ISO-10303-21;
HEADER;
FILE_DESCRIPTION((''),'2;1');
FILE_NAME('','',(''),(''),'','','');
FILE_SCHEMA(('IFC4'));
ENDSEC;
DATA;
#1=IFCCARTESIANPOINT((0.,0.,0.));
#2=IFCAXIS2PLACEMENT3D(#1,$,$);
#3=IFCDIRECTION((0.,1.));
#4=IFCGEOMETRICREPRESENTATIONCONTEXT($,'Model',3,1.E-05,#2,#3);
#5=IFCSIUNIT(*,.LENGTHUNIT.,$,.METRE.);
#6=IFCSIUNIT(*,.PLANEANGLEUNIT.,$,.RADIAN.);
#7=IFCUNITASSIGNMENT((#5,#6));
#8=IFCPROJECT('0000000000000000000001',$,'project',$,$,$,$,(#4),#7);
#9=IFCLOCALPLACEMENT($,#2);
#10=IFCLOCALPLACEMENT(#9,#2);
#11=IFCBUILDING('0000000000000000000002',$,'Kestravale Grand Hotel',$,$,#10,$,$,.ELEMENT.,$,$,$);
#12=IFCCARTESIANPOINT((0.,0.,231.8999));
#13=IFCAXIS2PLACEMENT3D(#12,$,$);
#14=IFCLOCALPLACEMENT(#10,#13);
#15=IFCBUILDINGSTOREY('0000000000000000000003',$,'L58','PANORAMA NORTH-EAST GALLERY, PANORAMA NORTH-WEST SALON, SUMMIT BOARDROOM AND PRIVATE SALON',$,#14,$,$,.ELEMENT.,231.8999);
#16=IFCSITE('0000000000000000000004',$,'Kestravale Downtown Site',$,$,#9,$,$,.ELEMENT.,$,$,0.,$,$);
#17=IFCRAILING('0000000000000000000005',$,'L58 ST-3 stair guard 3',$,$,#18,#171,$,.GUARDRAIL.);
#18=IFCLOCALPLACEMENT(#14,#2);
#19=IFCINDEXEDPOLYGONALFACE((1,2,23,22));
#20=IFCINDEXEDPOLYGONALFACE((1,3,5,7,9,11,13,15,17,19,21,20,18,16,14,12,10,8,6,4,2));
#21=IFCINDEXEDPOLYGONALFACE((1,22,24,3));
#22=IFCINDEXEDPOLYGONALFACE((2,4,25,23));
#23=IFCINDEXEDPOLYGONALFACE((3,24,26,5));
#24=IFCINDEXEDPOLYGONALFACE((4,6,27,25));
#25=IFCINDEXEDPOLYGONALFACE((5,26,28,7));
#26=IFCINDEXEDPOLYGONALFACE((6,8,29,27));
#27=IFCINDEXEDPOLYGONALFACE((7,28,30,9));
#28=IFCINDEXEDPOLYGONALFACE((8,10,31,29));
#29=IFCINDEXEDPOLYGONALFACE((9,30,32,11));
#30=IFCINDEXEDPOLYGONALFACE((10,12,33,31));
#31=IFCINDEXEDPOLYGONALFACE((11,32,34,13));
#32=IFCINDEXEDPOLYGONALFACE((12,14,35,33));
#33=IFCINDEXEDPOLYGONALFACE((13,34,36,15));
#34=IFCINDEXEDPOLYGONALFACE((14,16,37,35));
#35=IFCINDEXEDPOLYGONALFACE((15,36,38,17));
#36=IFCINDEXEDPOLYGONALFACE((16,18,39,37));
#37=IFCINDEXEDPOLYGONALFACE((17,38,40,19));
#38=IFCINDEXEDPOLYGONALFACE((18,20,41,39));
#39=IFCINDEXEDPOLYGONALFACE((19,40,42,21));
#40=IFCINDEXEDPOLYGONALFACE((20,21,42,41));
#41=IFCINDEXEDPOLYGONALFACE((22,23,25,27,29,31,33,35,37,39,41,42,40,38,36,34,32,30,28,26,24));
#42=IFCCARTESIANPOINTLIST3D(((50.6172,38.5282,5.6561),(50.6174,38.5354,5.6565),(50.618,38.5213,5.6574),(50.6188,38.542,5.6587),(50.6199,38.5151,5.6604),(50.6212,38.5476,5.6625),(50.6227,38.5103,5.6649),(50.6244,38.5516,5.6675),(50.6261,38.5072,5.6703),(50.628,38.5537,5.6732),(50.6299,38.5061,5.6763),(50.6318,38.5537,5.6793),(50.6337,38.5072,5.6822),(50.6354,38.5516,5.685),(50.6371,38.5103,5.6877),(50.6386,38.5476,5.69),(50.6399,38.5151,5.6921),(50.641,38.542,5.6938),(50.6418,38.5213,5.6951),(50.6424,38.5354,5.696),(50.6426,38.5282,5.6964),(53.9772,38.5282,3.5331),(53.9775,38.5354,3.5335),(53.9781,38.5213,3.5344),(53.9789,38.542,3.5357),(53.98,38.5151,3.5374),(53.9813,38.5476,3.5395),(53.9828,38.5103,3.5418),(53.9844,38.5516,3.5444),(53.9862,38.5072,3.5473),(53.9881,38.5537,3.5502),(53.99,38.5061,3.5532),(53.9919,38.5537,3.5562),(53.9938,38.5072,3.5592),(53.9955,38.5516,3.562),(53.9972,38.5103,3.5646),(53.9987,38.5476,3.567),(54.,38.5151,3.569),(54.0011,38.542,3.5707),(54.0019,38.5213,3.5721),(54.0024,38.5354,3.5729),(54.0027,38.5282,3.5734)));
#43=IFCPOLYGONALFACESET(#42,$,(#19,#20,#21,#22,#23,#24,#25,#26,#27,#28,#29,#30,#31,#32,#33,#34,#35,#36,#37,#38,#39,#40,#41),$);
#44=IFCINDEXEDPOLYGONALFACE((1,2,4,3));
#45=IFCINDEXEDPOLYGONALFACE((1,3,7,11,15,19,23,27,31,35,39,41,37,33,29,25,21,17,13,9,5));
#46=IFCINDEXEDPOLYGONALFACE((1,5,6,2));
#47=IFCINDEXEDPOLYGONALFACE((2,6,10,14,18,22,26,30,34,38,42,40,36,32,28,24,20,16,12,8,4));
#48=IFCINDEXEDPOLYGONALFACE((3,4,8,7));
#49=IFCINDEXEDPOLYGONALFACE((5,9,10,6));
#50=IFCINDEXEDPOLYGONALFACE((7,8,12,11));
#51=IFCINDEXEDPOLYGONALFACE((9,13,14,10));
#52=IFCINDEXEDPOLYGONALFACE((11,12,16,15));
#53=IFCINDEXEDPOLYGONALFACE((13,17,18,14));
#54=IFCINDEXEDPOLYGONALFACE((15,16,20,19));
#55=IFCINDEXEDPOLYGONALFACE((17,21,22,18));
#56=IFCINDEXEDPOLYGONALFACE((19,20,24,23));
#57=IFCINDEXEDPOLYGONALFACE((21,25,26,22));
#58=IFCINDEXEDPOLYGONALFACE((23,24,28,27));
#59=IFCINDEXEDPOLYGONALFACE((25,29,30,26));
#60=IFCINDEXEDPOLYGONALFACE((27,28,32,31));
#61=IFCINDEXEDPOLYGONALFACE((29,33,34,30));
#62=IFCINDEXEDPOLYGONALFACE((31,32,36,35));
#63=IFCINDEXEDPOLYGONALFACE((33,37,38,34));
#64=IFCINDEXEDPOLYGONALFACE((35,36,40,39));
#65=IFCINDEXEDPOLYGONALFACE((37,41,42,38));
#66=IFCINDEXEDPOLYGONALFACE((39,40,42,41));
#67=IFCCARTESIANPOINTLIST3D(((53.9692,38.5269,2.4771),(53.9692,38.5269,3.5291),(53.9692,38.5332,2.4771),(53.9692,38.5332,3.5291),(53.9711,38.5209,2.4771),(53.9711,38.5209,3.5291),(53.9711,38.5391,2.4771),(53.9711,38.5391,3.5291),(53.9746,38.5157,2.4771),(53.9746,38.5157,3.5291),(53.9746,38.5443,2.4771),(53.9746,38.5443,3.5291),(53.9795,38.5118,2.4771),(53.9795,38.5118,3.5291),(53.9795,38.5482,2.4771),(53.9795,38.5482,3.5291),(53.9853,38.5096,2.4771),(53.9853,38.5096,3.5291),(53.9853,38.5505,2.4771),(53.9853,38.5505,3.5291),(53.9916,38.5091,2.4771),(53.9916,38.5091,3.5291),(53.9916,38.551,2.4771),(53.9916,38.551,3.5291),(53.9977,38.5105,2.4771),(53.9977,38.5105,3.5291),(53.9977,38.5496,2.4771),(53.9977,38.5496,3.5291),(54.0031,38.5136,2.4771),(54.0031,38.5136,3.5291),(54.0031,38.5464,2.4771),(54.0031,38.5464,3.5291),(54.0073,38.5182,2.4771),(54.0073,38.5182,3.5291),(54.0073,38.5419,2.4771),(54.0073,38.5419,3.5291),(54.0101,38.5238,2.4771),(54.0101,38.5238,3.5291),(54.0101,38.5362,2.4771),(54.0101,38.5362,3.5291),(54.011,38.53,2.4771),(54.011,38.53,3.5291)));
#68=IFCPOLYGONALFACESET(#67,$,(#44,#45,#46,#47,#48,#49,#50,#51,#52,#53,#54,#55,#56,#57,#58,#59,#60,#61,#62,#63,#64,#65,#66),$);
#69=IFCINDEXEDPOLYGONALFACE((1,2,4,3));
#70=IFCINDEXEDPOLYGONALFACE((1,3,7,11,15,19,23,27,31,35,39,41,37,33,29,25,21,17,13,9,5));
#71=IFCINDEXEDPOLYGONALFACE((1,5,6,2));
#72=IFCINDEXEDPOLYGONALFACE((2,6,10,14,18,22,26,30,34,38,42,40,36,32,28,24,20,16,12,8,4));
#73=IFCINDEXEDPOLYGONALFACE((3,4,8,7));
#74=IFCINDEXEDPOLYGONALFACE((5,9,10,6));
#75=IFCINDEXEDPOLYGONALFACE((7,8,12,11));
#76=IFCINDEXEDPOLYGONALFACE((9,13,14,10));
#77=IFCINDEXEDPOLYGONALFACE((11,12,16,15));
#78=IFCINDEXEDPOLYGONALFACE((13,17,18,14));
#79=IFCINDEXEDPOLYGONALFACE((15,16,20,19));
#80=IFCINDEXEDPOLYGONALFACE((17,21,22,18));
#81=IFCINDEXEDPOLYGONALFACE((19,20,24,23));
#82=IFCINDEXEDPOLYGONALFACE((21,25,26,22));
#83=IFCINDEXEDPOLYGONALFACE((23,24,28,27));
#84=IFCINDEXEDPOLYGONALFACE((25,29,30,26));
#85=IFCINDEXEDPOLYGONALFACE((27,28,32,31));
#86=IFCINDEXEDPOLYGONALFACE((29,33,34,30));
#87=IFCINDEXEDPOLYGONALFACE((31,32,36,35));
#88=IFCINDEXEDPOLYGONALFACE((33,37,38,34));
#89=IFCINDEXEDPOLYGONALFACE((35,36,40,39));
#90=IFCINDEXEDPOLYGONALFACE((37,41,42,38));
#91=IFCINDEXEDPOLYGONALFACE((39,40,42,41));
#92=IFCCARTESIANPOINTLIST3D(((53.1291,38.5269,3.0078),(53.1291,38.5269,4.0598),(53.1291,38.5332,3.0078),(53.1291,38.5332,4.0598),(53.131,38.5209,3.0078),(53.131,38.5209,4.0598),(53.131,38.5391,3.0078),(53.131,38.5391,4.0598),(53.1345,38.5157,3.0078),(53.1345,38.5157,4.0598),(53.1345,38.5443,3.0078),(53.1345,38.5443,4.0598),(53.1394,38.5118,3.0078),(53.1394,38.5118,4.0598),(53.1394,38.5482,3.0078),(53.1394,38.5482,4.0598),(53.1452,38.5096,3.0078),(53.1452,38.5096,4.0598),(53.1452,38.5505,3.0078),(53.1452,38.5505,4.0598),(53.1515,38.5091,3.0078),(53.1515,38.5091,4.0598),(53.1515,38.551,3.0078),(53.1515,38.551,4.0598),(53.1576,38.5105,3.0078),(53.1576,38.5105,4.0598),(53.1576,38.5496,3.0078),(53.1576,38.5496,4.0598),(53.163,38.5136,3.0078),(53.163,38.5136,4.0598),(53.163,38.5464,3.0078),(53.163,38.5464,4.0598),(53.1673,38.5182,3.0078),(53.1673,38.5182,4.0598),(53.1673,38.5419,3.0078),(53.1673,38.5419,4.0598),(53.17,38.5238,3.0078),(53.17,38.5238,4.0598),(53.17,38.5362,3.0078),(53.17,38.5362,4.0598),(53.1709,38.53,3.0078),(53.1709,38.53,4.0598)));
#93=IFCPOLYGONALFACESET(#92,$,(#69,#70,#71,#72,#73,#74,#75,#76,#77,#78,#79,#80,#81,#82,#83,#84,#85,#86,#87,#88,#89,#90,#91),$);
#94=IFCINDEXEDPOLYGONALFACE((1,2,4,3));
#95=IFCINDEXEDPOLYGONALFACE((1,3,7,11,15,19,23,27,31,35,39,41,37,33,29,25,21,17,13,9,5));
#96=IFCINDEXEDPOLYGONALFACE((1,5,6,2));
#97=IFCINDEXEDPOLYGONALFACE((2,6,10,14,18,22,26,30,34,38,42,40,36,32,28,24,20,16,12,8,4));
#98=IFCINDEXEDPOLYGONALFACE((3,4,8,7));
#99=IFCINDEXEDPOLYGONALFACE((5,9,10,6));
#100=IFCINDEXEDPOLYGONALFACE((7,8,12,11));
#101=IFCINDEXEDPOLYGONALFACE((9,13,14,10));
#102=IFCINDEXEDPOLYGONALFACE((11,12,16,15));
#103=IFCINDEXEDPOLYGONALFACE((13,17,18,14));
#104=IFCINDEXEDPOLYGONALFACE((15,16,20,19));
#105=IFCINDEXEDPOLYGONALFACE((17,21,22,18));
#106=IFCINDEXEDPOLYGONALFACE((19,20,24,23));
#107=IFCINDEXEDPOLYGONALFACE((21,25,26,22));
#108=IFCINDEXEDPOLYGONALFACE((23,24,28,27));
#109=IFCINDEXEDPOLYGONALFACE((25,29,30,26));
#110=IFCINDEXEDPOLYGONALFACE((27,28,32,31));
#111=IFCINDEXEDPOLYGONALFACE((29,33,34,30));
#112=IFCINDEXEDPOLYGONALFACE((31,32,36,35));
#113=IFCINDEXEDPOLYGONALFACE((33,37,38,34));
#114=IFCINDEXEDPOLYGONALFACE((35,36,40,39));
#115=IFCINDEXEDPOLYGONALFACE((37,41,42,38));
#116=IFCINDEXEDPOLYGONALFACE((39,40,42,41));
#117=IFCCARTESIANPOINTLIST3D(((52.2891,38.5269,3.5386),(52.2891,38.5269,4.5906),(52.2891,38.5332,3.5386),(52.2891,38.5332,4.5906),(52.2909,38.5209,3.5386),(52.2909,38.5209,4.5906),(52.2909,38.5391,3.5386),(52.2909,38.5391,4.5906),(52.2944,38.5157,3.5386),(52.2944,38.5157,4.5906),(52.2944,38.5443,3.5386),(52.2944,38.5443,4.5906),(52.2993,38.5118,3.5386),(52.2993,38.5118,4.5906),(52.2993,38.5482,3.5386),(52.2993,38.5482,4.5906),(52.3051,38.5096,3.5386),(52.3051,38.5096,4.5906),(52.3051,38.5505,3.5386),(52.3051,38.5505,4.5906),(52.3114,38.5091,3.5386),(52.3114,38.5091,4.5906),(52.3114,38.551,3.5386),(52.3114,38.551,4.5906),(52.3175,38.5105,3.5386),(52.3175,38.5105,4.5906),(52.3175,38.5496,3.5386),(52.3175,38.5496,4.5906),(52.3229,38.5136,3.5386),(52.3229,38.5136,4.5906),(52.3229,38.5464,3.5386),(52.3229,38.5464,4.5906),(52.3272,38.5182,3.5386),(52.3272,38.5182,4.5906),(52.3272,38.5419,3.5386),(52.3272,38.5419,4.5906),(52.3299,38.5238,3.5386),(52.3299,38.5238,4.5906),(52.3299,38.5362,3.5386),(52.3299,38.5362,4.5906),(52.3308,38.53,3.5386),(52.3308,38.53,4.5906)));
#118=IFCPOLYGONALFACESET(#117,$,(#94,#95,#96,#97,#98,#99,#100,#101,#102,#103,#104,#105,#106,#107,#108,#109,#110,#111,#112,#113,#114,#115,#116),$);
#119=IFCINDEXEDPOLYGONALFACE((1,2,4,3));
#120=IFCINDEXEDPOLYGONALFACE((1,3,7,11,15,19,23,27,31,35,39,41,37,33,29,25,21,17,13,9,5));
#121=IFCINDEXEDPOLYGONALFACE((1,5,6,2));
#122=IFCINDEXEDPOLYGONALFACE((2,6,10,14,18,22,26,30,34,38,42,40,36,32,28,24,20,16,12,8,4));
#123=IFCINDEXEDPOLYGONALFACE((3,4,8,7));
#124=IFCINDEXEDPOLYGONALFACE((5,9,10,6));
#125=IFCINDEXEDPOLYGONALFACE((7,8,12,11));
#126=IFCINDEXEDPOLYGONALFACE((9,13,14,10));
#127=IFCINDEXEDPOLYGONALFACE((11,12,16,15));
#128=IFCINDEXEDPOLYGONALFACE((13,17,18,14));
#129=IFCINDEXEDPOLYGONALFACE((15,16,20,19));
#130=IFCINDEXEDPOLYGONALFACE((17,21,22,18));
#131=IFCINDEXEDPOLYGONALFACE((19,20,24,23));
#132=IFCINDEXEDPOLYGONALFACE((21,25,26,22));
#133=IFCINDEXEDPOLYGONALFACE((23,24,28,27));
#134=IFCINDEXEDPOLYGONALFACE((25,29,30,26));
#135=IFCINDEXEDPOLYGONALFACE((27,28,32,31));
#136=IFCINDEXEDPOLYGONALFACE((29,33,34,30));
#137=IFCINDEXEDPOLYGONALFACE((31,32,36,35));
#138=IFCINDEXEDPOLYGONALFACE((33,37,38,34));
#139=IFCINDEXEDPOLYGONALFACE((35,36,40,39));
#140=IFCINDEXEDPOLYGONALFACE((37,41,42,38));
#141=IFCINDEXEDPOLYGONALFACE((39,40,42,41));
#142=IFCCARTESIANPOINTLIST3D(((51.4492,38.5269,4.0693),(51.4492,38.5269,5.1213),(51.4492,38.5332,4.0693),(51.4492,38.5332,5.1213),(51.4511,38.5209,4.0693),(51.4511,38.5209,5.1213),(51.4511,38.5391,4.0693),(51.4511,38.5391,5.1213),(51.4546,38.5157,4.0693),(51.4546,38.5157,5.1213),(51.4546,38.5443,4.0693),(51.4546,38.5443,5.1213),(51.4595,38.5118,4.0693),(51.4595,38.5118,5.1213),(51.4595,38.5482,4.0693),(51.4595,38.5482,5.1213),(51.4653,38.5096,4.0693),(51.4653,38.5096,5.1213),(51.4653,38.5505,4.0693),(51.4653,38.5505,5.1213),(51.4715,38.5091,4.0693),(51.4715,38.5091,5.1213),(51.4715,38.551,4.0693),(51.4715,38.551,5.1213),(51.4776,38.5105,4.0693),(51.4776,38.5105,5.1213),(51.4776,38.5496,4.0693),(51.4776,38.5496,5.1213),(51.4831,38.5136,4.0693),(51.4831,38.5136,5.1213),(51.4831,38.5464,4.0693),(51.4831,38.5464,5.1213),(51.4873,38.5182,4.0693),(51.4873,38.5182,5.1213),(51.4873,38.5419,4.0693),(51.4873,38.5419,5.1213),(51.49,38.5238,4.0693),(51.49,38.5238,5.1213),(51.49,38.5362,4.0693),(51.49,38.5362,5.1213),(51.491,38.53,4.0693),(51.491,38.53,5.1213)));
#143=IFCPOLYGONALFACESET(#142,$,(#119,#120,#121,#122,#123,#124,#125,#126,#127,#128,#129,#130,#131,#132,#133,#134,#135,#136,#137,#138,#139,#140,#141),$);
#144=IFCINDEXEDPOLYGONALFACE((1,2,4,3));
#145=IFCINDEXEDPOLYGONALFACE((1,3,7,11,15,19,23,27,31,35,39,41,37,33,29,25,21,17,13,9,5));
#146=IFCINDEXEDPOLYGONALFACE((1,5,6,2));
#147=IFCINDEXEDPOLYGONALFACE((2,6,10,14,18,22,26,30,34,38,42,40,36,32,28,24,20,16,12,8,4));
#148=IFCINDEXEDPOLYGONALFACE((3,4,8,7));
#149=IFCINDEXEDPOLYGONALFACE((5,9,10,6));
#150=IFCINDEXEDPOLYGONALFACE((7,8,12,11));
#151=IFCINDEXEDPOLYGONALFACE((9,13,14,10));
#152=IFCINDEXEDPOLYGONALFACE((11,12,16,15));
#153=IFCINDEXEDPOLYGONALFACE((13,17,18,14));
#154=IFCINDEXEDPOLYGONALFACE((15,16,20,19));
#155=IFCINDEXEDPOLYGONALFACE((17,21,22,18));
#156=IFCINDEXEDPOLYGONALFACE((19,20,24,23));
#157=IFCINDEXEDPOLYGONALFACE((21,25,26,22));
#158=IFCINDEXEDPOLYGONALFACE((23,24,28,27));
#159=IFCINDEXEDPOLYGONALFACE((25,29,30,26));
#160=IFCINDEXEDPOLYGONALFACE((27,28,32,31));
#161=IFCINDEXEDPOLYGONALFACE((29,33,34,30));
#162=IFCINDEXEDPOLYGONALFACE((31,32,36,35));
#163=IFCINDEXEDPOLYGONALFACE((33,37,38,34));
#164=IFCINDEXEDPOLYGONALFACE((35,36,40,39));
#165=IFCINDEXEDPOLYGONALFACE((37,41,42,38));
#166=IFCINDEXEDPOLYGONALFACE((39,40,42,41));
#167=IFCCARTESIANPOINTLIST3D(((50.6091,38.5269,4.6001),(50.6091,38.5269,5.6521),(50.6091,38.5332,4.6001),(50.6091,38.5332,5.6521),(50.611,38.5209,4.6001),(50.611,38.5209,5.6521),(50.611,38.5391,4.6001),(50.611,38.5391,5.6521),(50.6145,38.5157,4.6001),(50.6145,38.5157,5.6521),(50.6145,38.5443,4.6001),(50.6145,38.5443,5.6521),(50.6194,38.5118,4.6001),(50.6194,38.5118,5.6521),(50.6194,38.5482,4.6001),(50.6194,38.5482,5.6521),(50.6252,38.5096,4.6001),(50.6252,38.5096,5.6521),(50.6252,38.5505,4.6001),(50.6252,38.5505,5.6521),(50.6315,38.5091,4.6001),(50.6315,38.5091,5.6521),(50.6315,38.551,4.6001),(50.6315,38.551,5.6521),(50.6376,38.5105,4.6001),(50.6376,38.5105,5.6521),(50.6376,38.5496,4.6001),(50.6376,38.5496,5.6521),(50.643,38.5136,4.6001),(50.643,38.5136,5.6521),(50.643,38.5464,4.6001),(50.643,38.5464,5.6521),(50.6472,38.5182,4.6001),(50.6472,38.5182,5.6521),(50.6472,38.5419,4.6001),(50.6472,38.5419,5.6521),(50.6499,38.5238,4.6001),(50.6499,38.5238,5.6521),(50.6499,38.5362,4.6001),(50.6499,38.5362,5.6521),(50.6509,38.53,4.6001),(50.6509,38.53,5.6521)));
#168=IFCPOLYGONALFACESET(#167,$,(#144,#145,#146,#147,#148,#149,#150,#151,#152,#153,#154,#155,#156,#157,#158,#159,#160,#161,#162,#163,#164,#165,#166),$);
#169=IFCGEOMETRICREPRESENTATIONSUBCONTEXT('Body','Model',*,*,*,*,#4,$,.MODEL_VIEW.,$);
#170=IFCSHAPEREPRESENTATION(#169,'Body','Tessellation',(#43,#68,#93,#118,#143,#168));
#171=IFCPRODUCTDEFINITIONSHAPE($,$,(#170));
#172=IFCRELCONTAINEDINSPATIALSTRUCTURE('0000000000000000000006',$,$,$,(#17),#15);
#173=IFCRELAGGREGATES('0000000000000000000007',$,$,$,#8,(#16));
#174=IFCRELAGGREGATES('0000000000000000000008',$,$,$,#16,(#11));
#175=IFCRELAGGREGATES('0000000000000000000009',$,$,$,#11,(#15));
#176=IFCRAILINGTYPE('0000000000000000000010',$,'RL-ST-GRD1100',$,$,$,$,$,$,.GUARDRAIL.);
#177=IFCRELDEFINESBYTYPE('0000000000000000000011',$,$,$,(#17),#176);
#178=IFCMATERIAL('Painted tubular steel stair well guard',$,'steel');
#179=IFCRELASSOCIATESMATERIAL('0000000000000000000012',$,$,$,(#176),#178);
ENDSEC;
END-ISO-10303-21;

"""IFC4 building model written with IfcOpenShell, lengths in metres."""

from ifc_helpers import new_model, si_unit, direction, frame, origin, origin_2d, place, context, subcontext, project, spatial, circle, extrude, material, type_object, element, save


model = new_model("IFC4")

# Units and contexts
model_context = context("Model", 3, precision=1e-05, world=origin(), true_north=direction((0.0, 1.0)))
body_context = subcontext(model_context, "Body", "Model", "MODEL_VIEW")
ifc_project = project(units=[si_unit("LENGTHUNIT", "METRE"), si_unit("PLANEANGLEUNIT", "RADIAN")], contexts=[model_context])

# Site, building, storey
site_placement = place(None, origin())
site = spatial("IfcSite", under=ifc_project, at=site_placement, Name="Kestravale Downtown Site", CompositionType="ELEMENT", RefElevation=0.0)
building_placement = place(site_placement, origin())
building = spatial("IfcBuilding", under=site, at=building_placement, Name="Kestravale Grand Hotel", CompositionType="ELEMENT")
storey_placement = place(building_placement, frame((0.0, 0.0, 231.8999)))
storey = spatial("IfcBuildingStorey", under=building, at=storey_placement, Name="L58", Description="PANORAMA NORTH-EAST GALLERY, PANORAMA NORTH-WEST SALON, SUMMIT BOARDROOM AND PRIVATE SALON", CompositionType="ELEMENT", Elevation=231.8999)

# Railing
ifc_material_1 = material(Name="Painted tubular steel stair well guard", Category="steel")
railing_type_1 = type_object("IfcRailingType", Name="RL-ST-GRD1100", PredefinedType="GUARDRAIL", material=ifc_material_1)
railing_1_placement = place(storey_placement, frame((53.99, 38.53, 2.4771)))
element("IfcRailing", 1, at=railing_1_placement, inside=storey, type_object=railing_type_1, Name="L58 ST-3 stair guard 3", PredefinedType="GUARDRAIL", context=body_context, shape_type="SweptSolid", body=[
    extrude(circle(Radius=0.0239, at=origin_2d()), frame((0.0, 0.0, 1.0762), z_axis=(-0.84539, 0.0, 0.53415), x_axis=(0.0, -1.0, 0.0)), (0.0, 0.0, 1.0), 3.9746),
    extrude(circle(Radius=0.021, at=origin_2d()), origin(), (0.0, 0.0, 1.0), 1.052),
    extrude(circle(Radius=0.021, at=origin_2d()), frame((-0.8401, 0.0, 0.5308)), (0.0, 0.0, 1.0), 1.052),
    extrude(circle(Radius=0.021, at=origin_2d()), frame((-1.6802, 0.0, 1.0615)), (0.0, 0.0, 1.0), 1.052),
    extrude(circle(Radius=0.021, at=origin_2d()), frame((-2.52, 0.0, 1.5923)), (0.0, 0.0, 1.0), 1.052),
    extrude(circle(Radius=0.021, at=origin_2d()), frame((-3.3601, 0.0, 2.123)), (0.0, 0.0, 1.0), 1.052),
])

save(model, "model.ifc")
